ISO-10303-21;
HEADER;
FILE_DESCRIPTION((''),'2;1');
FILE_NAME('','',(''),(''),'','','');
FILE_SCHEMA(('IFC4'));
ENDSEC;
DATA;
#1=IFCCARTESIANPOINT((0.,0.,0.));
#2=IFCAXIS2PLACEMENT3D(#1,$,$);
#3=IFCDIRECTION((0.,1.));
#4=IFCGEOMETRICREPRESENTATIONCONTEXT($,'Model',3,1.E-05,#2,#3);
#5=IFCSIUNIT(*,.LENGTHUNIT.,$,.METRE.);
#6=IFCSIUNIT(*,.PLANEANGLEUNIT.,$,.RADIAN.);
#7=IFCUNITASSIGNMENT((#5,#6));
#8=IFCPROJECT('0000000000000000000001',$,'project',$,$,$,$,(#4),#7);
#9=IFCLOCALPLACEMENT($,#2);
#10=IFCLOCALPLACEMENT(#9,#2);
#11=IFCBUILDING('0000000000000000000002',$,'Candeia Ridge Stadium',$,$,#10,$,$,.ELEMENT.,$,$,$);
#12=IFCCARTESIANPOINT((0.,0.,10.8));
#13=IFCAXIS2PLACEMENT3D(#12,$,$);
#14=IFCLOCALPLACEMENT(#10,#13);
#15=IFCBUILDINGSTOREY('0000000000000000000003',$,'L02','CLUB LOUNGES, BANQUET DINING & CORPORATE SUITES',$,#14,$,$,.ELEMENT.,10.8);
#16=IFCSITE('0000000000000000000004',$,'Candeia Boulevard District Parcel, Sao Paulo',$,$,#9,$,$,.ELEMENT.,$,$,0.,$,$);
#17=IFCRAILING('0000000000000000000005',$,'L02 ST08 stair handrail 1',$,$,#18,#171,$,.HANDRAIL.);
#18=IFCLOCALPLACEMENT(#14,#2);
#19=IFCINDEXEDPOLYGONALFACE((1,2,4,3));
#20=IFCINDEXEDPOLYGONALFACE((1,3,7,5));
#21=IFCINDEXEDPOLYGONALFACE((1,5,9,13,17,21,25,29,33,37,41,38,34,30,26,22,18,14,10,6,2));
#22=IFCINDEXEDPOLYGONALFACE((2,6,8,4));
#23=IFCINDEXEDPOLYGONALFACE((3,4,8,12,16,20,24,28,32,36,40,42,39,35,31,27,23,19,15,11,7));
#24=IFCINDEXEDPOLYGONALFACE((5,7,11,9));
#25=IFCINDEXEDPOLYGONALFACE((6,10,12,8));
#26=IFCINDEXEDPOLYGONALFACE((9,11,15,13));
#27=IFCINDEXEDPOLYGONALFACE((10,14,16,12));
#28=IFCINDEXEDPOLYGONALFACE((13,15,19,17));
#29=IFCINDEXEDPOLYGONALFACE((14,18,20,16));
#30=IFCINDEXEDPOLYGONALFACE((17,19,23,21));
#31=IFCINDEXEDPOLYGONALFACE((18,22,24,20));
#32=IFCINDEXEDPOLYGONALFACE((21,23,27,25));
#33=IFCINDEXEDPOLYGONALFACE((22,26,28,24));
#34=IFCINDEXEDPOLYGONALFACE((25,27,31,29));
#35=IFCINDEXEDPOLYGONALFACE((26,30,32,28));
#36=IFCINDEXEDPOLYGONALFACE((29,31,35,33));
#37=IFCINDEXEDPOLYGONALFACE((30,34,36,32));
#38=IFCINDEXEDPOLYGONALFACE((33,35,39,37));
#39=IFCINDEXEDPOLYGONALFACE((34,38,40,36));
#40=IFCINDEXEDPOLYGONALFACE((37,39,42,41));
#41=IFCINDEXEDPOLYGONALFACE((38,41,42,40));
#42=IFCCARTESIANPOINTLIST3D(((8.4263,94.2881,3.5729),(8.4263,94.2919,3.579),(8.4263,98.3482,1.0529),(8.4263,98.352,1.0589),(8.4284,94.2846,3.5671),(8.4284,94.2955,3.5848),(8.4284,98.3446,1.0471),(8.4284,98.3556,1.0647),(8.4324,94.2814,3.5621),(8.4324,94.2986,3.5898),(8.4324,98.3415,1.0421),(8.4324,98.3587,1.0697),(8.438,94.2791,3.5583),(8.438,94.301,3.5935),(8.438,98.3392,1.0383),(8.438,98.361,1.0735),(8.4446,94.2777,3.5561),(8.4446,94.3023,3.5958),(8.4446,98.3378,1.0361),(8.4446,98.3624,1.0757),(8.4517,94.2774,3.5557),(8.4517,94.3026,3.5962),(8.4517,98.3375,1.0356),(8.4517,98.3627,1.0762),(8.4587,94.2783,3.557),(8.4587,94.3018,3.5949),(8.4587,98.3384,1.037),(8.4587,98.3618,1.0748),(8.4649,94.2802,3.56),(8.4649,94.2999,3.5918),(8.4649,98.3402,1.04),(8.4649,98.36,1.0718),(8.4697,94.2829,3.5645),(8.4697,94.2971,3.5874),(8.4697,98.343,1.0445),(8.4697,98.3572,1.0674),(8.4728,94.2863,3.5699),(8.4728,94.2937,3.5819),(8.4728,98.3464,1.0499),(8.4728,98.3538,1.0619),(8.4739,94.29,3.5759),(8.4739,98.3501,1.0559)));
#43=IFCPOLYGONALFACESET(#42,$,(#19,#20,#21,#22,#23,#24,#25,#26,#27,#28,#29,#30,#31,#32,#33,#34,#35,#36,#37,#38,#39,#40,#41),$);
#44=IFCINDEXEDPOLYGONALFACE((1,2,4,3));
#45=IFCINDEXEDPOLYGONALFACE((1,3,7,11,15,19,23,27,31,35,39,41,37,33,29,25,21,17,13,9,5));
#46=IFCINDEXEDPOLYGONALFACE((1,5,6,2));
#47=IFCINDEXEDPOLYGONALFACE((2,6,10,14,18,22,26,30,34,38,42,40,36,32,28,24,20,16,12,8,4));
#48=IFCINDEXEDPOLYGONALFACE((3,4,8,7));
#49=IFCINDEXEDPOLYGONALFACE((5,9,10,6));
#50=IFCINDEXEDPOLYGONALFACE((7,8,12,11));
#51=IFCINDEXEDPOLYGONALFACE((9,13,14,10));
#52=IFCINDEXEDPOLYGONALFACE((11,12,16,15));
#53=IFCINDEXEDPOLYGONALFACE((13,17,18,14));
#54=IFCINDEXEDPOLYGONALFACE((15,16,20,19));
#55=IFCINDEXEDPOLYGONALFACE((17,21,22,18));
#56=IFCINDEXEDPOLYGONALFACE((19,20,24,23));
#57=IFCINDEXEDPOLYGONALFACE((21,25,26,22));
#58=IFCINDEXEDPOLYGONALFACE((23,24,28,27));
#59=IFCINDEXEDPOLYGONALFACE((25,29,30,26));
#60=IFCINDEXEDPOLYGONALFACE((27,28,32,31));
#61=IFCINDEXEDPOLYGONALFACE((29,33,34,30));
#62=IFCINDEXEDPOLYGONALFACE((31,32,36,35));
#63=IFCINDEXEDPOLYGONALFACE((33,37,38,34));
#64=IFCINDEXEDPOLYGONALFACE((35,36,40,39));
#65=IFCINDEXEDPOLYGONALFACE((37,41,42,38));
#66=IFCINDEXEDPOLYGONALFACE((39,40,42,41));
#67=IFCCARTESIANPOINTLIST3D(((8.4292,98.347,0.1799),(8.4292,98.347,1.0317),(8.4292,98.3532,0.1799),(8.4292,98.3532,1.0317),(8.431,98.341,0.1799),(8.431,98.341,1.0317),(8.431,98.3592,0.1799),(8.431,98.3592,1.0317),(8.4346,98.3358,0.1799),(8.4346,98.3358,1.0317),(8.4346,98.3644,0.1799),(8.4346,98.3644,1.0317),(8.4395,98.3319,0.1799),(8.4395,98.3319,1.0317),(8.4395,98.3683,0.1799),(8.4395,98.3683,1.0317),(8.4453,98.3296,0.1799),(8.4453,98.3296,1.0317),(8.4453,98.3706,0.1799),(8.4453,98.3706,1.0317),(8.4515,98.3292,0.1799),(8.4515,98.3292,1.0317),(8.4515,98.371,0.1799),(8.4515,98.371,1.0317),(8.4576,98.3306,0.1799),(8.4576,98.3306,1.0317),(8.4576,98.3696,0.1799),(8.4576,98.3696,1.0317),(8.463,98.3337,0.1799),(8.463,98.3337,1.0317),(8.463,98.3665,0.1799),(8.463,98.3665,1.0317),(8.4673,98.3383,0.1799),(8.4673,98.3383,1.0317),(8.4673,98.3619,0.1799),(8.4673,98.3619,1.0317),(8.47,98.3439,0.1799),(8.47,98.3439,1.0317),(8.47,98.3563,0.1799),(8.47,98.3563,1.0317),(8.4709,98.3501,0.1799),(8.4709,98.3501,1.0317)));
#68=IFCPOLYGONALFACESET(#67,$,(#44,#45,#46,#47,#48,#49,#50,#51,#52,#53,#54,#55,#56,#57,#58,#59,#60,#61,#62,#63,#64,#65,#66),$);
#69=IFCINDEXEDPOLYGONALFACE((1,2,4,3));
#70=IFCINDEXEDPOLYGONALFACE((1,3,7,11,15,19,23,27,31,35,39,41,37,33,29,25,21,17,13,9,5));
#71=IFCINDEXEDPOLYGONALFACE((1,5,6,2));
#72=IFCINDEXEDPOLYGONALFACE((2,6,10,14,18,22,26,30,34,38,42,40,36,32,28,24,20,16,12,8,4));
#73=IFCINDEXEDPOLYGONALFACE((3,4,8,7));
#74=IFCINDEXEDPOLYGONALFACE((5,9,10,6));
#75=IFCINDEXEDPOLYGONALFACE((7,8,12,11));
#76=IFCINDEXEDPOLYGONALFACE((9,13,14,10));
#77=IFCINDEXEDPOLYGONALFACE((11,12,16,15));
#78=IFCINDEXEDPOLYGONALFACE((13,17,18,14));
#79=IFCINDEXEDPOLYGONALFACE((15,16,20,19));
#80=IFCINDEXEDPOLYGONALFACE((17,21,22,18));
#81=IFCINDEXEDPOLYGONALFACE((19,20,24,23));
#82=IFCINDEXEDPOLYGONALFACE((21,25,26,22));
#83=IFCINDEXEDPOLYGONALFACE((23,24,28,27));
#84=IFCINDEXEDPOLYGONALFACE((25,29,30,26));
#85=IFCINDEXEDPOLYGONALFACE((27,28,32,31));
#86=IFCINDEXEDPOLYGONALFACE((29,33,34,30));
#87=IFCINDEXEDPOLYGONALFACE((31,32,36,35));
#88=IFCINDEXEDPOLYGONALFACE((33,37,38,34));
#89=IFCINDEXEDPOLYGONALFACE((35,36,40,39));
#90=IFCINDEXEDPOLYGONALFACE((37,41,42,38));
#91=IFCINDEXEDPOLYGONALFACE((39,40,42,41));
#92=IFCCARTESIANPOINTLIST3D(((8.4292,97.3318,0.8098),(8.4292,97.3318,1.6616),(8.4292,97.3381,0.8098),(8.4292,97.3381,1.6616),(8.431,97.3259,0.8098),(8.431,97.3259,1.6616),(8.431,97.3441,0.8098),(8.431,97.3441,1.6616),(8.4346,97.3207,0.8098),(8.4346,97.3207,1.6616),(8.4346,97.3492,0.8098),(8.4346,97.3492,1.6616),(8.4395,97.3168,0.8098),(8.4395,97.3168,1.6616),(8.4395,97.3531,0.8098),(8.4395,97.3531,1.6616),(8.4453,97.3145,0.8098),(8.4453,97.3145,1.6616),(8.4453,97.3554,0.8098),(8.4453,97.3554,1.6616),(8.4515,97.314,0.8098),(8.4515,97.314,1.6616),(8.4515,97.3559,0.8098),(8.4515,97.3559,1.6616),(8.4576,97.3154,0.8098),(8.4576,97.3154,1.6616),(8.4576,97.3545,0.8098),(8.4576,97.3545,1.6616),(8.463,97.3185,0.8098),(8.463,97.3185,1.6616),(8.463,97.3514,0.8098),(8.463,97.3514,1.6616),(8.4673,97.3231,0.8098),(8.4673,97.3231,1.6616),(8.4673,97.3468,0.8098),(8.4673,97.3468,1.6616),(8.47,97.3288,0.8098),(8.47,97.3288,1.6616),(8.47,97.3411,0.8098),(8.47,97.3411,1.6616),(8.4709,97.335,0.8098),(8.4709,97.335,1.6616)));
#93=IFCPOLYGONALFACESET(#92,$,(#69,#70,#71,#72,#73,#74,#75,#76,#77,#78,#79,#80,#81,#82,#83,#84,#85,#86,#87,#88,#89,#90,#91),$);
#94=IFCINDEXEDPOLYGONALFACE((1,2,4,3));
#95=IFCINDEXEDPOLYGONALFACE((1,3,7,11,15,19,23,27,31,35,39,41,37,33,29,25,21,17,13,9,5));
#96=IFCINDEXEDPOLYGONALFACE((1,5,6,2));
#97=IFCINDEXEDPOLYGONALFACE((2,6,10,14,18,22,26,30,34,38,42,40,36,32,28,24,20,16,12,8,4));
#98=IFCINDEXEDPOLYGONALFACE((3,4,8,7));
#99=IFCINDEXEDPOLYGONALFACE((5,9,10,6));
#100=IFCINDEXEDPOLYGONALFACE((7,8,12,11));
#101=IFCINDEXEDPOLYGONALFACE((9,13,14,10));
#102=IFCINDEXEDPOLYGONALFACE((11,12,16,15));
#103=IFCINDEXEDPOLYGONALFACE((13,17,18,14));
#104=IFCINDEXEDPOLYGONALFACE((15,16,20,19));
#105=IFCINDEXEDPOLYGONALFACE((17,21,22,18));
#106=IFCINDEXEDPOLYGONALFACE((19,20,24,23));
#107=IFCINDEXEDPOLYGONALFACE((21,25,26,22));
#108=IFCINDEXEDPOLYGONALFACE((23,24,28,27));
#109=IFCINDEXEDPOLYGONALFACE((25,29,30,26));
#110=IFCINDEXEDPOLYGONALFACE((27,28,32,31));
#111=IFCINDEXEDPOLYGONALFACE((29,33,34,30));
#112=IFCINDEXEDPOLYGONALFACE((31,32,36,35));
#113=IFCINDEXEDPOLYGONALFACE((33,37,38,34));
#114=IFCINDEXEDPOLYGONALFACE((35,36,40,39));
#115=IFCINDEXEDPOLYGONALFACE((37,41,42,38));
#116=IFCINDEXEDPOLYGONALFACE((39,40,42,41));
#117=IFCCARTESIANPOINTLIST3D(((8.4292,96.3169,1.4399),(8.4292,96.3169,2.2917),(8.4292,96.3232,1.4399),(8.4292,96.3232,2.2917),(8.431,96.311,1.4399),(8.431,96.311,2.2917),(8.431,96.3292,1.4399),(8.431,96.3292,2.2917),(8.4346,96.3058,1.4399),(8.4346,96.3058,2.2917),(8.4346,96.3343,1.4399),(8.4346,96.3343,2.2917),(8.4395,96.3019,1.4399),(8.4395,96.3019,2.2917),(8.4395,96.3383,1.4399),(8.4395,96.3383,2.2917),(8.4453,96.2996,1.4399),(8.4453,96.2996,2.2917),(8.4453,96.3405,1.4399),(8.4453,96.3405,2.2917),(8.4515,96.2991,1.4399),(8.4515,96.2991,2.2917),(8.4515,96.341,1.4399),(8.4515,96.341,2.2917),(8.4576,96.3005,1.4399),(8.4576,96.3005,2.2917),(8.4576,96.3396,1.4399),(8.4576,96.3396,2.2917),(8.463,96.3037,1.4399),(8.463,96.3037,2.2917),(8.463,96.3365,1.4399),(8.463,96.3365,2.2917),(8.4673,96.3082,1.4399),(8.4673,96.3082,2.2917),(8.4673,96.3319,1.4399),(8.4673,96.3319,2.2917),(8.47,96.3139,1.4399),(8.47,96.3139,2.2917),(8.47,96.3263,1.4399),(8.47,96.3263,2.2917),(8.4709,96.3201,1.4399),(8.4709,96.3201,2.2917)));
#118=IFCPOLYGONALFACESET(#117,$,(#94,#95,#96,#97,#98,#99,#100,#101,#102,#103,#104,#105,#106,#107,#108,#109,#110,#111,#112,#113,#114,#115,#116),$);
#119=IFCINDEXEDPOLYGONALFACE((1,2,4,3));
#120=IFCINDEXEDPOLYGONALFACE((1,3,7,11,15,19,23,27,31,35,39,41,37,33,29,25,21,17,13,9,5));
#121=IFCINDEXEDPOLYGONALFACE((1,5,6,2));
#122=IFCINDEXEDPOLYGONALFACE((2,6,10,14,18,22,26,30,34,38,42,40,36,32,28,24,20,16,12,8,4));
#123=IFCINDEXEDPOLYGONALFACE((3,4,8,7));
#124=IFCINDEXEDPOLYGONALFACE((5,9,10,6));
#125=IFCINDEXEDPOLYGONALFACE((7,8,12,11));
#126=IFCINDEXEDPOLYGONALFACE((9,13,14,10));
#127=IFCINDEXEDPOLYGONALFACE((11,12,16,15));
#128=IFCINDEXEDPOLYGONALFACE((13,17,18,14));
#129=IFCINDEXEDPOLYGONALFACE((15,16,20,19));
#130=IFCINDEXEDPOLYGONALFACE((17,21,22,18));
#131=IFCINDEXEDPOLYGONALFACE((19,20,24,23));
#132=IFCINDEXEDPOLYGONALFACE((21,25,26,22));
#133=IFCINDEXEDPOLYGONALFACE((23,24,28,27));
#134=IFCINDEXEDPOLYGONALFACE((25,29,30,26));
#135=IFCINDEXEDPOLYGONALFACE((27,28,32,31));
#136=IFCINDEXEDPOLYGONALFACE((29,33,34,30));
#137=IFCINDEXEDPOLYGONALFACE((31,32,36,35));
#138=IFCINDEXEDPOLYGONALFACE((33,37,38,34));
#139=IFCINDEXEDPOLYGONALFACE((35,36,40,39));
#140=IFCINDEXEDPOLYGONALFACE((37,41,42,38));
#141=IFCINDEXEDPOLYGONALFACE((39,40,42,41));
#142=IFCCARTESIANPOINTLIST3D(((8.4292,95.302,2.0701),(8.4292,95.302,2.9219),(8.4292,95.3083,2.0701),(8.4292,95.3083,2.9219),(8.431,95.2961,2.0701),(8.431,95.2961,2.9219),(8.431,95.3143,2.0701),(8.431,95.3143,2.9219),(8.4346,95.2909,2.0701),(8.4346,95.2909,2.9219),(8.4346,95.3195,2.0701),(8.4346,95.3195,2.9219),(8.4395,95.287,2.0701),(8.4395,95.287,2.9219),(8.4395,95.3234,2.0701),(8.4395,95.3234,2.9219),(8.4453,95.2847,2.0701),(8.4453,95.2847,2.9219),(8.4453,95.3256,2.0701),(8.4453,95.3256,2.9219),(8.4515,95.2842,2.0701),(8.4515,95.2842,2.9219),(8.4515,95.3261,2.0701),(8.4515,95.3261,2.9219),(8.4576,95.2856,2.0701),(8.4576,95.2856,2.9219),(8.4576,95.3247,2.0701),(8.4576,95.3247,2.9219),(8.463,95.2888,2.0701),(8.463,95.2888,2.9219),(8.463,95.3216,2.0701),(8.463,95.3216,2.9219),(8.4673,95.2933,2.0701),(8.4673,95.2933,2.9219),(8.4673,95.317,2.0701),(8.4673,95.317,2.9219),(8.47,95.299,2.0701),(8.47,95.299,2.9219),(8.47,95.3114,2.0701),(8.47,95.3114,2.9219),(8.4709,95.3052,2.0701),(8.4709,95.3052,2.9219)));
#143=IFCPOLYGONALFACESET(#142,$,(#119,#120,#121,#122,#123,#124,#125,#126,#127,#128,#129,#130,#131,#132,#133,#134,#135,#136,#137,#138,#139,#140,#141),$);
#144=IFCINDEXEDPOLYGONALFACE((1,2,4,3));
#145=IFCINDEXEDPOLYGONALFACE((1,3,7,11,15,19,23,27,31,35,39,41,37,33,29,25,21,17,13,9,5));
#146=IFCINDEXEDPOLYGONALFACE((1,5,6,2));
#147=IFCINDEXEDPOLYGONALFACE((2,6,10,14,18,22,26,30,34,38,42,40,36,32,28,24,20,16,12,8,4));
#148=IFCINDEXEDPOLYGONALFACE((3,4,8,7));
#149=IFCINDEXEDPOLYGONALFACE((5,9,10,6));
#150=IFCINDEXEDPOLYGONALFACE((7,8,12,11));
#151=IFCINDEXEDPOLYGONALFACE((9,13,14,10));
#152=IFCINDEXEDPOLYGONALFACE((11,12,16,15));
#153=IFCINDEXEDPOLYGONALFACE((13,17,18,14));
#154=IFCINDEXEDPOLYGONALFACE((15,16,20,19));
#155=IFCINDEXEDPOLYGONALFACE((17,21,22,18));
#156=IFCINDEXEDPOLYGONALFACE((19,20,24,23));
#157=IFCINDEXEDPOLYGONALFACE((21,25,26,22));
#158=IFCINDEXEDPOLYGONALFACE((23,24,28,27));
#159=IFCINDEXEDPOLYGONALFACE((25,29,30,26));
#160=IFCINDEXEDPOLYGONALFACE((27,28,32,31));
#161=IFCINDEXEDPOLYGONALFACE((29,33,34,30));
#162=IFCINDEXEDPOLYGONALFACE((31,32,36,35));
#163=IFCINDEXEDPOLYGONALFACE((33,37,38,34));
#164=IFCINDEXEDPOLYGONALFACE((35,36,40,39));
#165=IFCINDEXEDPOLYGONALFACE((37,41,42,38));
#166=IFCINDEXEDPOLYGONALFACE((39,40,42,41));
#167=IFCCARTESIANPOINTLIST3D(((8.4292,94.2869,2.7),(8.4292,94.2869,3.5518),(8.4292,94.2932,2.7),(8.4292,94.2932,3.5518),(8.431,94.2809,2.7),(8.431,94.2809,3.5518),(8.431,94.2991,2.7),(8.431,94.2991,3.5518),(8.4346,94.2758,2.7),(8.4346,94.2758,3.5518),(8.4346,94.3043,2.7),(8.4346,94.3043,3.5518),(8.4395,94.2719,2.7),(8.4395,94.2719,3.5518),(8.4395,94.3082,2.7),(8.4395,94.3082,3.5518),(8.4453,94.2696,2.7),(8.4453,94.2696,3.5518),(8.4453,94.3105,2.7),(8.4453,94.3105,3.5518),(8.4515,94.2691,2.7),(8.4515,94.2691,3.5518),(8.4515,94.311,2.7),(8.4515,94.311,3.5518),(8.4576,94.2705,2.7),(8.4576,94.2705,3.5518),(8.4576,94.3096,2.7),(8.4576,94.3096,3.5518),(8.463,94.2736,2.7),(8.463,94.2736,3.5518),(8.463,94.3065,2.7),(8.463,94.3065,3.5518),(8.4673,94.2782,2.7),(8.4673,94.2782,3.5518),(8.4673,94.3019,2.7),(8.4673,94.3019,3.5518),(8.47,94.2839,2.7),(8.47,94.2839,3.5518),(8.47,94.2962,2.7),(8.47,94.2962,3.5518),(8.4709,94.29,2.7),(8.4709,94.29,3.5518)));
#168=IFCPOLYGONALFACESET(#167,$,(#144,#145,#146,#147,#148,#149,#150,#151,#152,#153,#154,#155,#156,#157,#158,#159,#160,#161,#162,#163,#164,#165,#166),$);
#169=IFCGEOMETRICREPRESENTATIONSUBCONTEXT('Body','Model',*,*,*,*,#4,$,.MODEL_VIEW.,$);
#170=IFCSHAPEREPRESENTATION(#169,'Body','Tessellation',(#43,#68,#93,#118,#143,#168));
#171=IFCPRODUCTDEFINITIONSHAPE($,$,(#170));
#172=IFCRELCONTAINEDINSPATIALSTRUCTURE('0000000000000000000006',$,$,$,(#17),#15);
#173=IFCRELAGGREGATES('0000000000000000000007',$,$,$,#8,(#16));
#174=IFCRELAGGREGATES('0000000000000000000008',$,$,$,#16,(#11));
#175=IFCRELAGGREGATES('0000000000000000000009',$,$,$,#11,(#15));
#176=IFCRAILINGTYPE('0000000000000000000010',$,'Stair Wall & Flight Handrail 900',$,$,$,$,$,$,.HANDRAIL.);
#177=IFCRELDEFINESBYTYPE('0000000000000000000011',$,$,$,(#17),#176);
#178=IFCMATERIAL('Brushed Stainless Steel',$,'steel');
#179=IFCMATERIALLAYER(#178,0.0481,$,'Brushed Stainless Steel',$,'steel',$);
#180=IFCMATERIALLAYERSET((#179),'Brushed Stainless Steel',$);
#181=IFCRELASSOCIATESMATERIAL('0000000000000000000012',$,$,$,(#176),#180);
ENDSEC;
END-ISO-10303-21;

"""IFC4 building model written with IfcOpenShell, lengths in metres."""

from ifc_helpers import new_model, si_unit, direction, frame, origin, origin_2d, place, context, subcontext, project, spatial, circle, extrude, material, layer, layer_set, type_object, element, save


model = new_model("IFC4")

# Units and contexts
model_context = context("Model", 3, precision=1e-05, world=origin(), true_north=direction((0.0, 1.0)))
body_context = subcontext(model_context, "Body", "Model", "MODEL_VIEW")
ifc_project = project(units=[si_unit("LENGTHUNIT", "METRE"), si_unit("PLANEANGLEUNIT", "RADIAN")], contexts=[model_context])

# Site, building, storey
site_placement = place(None, origin())
site = spatial("IfcSite", under=ifc_project, at=site_placement, Name="Candeia Boulevard District Parcel, Sao Paulo", CompositionType="ELEMENT", RefElevation=0.0)
building_placement = place(site_placement, origin())
building = spatial("IfcBuilding", under=site, at=building_placement, Name="Candeia Ridge Stadium", CompositionType="ELEMENT")
storey_placement = place(building_placement, frame((0.0, 0.0, 10.8)))
storey = spatial("IfcBuildingStorey", under=building, at=storey_placement, Name="L02", Description="CLUB LOUNGES, BANQUET DINING & CORPORATE SUITES", CompositionType="ELEMENT", Elevation=10.8)

# Railing
ifc_material_1 = material(Name="Brushed Stainless Steel", Category="steel")
ifc_layer_1 = layer(ifc_material_1, 0.0481, Name="Brushed Stainless Steel", Category="steel")
ifc_layer_set_1 = layer_set([ifc_layer_1], Name="Brushed Stainless Steel")
railing_type_1 = type_object("IfcRailingType", Name="Stair Wall & Flight Handrail 900", PredefinedType="HANDRAIL", material=ifc_layer_set_1)
railing_1_placement = place(storey_placement, frame((8.45, 98.3501, 0.1799)))
element("IfcRailing", 1, at=railing_1_placement, inside=storey, type_object=railing_type_1, Name="L02 ST08 stair handrail 1", PredefinedType="HANDRAIL", context=body_context, shape_type="SweptSolid", body=[
    extrude(circle(Radius=0.0239, at=origin_2d()), frame((0.0, 0.0, 0.876), z_axis=(0.0, -0.849642, 0.52736), x_axis=(1.0, 0.0, 0.0)), (0.0, 0.0, 1.0), 4.7786),
    extrude(circle(Radius=0.021, at=origin_2d()), origin(), (0.0, 0.0, 1.0), 0.8518),
    extrude(circle(Radius=0.021, at=origin_2d()), frame((0.0, -1.0151, 0.6299)), (0.0, 0.0, 1.0), 0.8518),
    extrude(circle(Radius=0.021, at=origin_2d()), frame((0.0, -2.03, 1.26)), (0.0, 0.0, 1.0), 0.8518),
    extrude(circle(Radius=0.021, at=origin_2d()), frame((0.0, -3.0449, 1.8901)), (0.0, 0.0, 1.0), 0.8518),
    extrude(circle(Radius=0.021, at=origin_2d()), frame((0.0, -4.0601, 2.52)), (0.0, 0.0, 1.0), 0.8518),
])

save(model, "model.ifc")
